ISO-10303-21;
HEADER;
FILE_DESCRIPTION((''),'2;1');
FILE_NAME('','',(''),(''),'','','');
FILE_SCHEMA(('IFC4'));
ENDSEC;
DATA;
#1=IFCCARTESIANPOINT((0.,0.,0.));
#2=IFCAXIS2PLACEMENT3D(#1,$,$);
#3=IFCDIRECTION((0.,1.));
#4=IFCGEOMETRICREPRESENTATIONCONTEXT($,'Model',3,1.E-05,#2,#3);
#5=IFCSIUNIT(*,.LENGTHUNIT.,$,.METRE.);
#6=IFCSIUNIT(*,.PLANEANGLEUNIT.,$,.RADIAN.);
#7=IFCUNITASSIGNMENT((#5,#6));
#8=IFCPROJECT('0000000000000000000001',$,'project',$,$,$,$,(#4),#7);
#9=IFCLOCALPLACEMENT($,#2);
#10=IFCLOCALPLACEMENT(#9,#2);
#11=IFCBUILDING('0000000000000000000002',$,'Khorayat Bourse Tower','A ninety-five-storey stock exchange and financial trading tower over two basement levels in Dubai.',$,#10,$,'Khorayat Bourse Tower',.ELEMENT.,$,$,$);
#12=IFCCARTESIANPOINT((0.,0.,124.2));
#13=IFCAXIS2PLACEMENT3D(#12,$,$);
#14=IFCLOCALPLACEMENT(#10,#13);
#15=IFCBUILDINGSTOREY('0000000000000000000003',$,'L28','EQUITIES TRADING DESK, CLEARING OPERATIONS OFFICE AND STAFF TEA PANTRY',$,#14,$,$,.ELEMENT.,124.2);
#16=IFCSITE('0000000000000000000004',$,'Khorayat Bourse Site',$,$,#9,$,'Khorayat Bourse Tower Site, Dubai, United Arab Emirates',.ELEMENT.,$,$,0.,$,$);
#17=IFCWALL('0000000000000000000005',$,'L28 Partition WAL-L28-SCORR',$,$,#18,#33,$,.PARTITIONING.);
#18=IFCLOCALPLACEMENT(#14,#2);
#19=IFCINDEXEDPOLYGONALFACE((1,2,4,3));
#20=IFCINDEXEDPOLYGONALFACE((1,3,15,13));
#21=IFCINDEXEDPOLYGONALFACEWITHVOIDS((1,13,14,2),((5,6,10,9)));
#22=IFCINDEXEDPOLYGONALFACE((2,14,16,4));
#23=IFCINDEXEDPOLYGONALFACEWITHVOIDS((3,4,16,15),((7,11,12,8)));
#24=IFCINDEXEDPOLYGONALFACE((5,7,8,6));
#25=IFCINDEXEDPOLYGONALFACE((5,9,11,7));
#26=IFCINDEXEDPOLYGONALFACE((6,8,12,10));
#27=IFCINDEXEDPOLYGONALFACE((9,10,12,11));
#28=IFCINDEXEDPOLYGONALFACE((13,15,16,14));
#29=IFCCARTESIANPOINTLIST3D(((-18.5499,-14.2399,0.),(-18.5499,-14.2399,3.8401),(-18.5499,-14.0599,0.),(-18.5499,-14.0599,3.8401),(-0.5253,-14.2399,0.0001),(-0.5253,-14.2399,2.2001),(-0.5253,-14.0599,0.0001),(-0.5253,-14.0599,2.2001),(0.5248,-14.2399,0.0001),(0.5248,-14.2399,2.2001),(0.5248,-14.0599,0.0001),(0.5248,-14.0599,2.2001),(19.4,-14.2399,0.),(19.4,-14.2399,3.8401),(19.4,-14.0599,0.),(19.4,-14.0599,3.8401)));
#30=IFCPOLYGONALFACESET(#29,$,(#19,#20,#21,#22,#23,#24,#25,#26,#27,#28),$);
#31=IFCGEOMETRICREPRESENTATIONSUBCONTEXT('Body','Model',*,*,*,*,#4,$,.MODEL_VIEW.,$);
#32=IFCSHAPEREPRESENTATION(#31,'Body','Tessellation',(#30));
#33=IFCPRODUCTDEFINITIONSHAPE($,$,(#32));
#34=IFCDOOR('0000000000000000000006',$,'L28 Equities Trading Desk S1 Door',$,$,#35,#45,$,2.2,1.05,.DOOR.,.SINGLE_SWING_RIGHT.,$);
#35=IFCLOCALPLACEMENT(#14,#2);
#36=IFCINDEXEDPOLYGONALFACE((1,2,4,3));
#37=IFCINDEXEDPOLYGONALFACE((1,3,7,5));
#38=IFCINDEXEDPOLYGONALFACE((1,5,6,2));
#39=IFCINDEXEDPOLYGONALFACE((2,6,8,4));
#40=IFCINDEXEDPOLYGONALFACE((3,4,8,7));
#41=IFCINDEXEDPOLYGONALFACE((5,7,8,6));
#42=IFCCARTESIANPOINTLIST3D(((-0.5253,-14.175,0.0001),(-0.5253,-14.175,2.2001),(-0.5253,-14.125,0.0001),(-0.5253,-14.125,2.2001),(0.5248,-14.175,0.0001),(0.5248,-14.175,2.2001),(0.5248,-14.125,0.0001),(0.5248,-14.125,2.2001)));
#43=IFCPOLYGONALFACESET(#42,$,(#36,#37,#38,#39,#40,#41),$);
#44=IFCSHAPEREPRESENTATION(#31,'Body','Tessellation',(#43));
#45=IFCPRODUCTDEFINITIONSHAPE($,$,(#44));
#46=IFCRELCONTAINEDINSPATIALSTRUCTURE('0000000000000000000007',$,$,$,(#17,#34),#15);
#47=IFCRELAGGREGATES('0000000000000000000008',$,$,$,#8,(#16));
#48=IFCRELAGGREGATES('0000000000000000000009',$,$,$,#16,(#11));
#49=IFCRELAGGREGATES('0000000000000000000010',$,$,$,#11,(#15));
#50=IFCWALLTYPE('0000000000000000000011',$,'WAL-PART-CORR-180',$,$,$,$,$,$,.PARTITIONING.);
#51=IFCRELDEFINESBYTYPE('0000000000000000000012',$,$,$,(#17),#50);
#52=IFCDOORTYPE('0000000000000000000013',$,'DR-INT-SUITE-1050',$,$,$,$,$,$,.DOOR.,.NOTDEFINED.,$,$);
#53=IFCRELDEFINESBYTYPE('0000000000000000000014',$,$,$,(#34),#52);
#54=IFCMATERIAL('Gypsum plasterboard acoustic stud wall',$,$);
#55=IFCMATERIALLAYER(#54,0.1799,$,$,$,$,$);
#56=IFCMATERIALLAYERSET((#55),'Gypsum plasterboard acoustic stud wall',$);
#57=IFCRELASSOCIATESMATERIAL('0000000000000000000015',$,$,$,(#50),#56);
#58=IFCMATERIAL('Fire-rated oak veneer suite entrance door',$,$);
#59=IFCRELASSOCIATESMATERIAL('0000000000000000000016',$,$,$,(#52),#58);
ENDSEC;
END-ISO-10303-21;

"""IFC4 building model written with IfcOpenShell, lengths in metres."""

from ifc_helpers import new_model, si_unit, direction, frame, frame_2d, origin, place, context, subcontext, project, spatial, rectangle, extrude, source, transform, mapped, material, layer, layer_set, type_object, element, fill, save


model = new_model("IFC4")

# Units and contexts
model_context = context("Model", 3, precision=1e-05, world=origin(), true_north=direction((0.0, 1.0)))
body_context = subcontext(model_context, "Body", "Model", "MODEL_VIEW")
ifc_project = project(units=[si_unit("LENGTHUNIT", "METRE"), si_unit("PLANEANGLEUNIT", "RADIAN")], contexts=[model_context])

# Site, building, storey
site_placement = place(None, origin())
site = spatial("IfcSite", under=ifc_project, at=site_placement, Name="Khorayat Bourse Site", LongName="Khorayat Bourse Tower Site, Dubai, United Arab Emirates", CompositionType="ELEMENT", RefElevation=0.0)
building_placement = place(site_placement, origin())
building = spatial("IfcBuilding", under=site, at=building_placement, Name="Khorayat Bourse Tower", Description="A ninety-five-storey stock exchange and financial trading tower over two basement levels in Dubai.", LongName="Khorayat Bourse Tower", CompositionType="ELEMENT")
storey_placement = place(building_placement, frame((0.0, 0.0, 124.2)))
storey = spatial("IfcBuildingStorey", under=building, at=storey_placement, Name="L28", Description="EQUITIES TRADING DESK, CLEARING OPERATIONS OFFICE AND STAFF TEA PANTRY", CompositionType="ELEMENT", Elevation=124.2)

# Shared definitions
ifc_material_1 = material(Name="Gypsum plasterboard acoustic stud wall")
ifc_layer_1 = layer(ifc_material_1, 0.1799)
ifc_layer_set_1 = layer_set([ifc_layer_1], Name="Gypsum plasterboard acoustic stud wall")
wall_type_1 = type_object("IfcWallType", Name="WAL-PART-CORR-180", PredefinedType="PARTITIONING", material=ifc_layer_set_1)

# Wall, opening, door
shared_shape_1 = source(origin(), body_context, "Body", "SweptSolid", [
    extrude(rectangle(XDim=37.95, YDim=0.1799, at=frame_2d((18.9751, 0.0))), origin(), (0.0, 0.0, 1.0), 3.8401),
])
wall_1_placement = place(storey_placement, frame((-18.55, -14.1499, 0.0), z_axis=(0.0, 0.0, 1.0), x_axis=(1.0, 0.0, 0.0)))
wall_1 = element("IfcWall", 1, at=wall_1_placement, inside=storey, type_object=wall_type_1, Name="L28 Partition WAL-L28-SCORR", PredefinedType="PARTITIONING", context=body_context, shape_type="MappedRepresentation", body=[
    mapped(shared_shape_1, transform((0.0, 0.0, 0.0), scale=1.0)),
])
shared_shape_2 = source(origin(), body_context, "Body", "SweptSolid", [
    extrude(rectangle(XDim=1.05, YDim=2.2, at=frame_2d((0.5249, 1.1001))), frame((0.0, 0.0999, 0.0), z_axis=(0.0, -1.0, 0.0), x_axis=(1.0, 0.0, 0.0)), (0.0, 0.0, 1.0), 0.2),
])
opening_1_placement = place(wall_1_placement, frame((18.0249, 0.0, 0.0)))
opening_1 = element("IfcOpeningElement", 2, at=opening_1_placement, cuts=wall_1, PredefinedType="OPENING", context=body_context, shape_type="MappedRepresentation", body=[
    mapped(shared_shape_2, transform((0.0, 0.0, 0.0), scale=1.0)),
])
ifc_material_2 = material(Name="Fire-rated oak veneer suite entrance door")
door_type_1 = type_object("IfcDoorType", Name="DR-INT-SUITE-1050", OperationType="NOTDEFINED", PredefinedType="DOOR", material=ifc_material_2)
shared_shape_3 = source(origin(), body_context, "Body", "SweptSolid", [
    extrude(rectangle(XDim=1.05, YDim=2.2, at=frame_2d((0.5249, 1.1001))), frame((0.0, 0.0249, 0.0), z_axis=(0.0, -1.0, 0.0), x_axis=(1.0, 0.0, 0.0)), (0.0, 0.0, 1.0), 0.05),
])
door_1_placement = place(opening_1_placement, origin())
door_1 = element("IfcDoor", 3, at=door_1_placement, inside=storey, type_object=door_type_1, Name="L28 Equities Trading Desk S1 Door", OperationType="SINGLE_SWING_RIGHT", OverallHeight=2.2, OverallWidth=1.05, PredefinedType="DOOR", context=body_context, shape_type="MappedRepresentation", body=[
    mapped(shared_shape_3, transform((0.0, 0.0, 0.0), scale=1.0)),
])
fill(opening_1, door_1)

save(model, "model.ifc")
